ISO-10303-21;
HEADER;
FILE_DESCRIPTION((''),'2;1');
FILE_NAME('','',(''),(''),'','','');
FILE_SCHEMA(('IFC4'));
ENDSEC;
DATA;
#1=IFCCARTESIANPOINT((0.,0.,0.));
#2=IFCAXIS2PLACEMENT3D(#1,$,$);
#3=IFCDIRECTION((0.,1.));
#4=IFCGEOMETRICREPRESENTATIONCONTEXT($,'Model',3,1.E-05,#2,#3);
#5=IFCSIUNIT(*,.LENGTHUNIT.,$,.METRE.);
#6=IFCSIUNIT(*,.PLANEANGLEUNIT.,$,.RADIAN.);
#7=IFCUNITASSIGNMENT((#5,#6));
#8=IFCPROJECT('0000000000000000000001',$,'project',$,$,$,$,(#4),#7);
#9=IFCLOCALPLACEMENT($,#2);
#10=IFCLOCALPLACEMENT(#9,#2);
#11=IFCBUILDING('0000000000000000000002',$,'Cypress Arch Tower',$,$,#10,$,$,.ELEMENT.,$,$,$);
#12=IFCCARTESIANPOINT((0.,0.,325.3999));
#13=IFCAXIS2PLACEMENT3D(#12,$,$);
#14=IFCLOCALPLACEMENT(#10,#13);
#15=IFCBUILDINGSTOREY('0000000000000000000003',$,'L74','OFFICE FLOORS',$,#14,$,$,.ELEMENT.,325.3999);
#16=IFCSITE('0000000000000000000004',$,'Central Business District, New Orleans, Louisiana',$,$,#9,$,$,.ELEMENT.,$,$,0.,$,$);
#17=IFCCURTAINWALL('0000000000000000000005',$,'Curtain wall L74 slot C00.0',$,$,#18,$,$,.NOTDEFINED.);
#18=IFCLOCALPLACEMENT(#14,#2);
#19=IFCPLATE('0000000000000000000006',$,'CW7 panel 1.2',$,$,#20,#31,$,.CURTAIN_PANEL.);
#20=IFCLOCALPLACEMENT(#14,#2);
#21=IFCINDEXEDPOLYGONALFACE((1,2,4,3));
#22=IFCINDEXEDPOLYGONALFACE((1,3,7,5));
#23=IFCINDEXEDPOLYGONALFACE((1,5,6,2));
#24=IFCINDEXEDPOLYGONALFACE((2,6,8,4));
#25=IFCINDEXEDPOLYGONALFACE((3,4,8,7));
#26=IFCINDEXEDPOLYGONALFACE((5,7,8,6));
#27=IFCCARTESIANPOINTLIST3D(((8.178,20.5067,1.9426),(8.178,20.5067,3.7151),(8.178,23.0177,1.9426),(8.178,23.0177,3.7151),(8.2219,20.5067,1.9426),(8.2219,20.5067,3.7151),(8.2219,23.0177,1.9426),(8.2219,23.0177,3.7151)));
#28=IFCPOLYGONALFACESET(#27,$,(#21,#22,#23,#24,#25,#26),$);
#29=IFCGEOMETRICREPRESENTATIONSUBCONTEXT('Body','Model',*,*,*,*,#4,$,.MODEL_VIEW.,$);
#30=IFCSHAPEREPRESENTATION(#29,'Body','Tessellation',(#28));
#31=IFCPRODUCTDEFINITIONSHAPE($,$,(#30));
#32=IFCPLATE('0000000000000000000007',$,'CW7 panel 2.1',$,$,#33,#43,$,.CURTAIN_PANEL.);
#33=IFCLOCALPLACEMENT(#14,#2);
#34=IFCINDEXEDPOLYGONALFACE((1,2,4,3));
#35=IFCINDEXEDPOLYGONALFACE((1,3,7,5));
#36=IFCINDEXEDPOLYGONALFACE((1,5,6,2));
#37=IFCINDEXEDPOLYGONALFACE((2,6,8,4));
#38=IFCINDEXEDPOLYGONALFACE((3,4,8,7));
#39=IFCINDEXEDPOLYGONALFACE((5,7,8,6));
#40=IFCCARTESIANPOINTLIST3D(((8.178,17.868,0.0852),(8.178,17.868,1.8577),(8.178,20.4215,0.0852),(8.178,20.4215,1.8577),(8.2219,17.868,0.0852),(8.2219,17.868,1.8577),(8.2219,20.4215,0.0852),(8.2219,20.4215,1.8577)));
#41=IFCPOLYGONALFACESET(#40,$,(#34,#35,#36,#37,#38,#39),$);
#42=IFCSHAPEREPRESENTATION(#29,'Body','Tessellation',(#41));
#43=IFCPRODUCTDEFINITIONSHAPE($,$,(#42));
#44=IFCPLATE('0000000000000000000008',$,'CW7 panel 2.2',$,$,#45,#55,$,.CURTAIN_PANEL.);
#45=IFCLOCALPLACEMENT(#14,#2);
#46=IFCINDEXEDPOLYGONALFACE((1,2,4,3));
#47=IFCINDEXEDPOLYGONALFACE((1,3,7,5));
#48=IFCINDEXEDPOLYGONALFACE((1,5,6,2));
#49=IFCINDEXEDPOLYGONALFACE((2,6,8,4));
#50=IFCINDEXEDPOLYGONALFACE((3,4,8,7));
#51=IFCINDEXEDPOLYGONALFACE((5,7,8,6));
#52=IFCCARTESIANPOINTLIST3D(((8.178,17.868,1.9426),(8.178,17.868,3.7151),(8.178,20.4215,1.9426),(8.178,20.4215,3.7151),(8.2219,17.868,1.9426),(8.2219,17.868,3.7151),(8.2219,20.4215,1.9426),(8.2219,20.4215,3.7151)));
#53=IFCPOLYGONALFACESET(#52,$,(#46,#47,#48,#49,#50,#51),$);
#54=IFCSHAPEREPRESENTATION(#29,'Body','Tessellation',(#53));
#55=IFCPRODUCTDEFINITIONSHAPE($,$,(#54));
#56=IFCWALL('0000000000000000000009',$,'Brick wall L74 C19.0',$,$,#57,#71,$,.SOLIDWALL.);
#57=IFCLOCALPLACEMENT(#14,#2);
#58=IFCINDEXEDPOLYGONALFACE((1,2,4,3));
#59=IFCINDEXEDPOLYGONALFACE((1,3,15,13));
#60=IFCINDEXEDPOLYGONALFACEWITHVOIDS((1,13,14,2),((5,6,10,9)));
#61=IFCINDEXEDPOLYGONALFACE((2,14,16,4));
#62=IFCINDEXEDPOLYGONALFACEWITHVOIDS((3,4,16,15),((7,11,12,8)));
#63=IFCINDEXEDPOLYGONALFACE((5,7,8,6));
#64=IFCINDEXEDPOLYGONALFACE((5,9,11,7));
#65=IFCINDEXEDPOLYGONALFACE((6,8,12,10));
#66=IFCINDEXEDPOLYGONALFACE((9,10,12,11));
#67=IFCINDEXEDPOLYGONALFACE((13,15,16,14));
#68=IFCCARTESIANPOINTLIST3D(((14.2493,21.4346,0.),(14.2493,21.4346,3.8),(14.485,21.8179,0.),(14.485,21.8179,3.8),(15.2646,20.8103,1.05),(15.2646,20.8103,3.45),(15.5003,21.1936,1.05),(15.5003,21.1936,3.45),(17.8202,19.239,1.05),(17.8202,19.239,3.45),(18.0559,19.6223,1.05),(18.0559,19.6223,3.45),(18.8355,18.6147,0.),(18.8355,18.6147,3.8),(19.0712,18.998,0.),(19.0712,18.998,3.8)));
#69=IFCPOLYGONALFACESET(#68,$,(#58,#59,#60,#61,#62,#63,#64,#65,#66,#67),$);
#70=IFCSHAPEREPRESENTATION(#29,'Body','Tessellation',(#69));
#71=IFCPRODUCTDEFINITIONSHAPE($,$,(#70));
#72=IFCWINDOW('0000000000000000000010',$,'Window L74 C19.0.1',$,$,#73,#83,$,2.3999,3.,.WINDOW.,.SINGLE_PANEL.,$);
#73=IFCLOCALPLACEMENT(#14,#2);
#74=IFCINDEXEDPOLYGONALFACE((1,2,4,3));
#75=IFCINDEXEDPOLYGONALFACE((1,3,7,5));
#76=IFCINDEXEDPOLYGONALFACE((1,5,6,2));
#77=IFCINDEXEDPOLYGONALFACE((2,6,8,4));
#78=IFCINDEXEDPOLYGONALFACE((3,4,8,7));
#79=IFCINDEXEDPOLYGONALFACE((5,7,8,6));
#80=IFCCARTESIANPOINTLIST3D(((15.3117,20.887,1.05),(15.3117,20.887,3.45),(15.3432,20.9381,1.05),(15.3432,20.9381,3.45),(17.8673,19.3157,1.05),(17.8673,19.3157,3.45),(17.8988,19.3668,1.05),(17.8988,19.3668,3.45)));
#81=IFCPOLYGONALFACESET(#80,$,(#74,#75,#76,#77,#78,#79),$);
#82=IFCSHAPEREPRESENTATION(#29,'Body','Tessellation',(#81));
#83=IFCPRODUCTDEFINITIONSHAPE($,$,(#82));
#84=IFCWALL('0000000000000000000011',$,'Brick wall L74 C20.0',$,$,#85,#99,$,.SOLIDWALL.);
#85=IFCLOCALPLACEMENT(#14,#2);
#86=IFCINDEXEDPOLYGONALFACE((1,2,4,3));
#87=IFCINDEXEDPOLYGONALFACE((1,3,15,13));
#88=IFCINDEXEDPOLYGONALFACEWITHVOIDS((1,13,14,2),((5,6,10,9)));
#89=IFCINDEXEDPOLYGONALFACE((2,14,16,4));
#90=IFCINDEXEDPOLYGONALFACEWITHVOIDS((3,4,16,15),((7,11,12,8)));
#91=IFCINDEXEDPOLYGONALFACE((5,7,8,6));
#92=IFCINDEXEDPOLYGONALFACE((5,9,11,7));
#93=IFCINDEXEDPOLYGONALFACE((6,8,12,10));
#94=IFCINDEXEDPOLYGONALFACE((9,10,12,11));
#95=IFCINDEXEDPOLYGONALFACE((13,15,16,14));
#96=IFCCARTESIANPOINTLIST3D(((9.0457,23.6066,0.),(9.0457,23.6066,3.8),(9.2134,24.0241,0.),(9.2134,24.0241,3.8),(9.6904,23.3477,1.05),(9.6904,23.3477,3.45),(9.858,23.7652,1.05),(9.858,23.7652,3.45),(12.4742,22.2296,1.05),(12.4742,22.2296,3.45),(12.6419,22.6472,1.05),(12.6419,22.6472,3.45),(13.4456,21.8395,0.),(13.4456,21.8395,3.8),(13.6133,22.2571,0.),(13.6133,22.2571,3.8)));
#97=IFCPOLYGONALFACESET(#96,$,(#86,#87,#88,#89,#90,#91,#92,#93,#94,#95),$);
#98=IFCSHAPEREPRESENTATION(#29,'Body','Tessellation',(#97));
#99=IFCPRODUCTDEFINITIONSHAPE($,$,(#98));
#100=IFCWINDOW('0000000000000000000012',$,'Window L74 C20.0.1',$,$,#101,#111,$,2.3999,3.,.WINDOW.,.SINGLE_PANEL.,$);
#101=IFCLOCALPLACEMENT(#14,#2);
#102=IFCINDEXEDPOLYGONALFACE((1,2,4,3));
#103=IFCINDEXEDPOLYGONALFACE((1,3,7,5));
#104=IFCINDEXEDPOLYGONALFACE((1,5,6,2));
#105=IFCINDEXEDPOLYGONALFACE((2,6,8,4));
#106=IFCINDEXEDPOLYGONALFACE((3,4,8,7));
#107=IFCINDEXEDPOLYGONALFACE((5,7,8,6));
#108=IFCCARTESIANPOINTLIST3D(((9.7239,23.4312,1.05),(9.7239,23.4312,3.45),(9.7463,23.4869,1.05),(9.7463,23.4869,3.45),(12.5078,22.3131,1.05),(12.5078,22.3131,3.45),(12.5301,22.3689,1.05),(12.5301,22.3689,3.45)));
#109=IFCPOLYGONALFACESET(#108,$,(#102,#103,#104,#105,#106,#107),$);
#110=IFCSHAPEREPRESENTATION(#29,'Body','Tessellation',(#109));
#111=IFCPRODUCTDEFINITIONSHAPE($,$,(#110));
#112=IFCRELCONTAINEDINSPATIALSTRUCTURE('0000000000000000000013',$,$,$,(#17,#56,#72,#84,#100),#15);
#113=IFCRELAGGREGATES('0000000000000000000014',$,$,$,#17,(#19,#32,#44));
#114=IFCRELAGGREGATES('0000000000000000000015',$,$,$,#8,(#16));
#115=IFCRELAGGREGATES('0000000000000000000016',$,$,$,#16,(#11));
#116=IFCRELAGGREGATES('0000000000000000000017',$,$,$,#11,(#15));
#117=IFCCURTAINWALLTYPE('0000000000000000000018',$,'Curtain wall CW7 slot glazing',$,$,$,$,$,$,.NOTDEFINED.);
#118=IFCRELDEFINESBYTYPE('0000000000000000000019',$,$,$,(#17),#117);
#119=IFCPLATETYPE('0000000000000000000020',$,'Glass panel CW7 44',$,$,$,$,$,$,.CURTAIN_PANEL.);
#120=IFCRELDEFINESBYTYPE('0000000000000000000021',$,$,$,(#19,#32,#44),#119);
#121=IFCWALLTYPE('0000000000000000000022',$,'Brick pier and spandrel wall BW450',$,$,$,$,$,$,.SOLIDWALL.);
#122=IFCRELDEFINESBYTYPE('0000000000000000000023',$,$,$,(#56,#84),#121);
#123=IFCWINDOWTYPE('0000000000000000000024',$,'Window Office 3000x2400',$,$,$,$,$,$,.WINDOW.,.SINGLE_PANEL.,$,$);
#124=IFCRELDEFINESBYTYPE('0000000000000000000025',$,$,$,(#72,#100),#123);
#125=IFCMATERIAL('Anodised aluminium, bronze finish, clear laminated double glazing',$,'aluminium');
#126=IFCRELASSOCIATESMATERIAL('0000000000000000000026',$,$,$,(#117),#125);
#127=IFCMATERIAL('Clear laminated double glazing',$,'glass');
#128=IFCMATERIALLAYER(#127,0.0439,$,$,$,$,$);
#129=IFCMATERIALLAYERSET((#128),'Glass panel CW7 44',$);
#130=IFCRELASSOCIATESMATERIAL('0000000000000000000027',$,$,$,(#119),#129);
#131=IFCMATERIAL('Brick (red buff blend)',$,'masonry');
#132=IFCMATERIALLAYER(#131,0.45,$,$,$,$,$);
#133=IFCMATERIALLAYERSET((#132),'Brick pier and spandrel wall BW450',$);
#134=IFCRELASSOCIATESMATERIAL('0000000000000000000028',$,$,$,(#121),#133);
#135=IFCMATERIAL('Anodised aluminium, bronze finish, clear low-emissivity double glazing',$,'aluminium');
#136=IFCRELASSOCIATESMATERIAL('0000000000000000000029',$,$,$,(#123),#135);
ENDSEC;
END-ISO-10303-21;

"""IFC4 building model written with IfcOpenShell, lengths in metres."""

from ifc_helpers import new_model, si_unit, direction, frame, frame_2d, origin, origin_2d, place, context, subcontext, project, spatial, rectangle, extrude, material, layer, layer_set, type_object, element, fill, aggregate, save


model = new_model("IFC4")

# Units and contexts
model_context = context("Model", 3, precision=1e-05, world=origin(), true_north=direction((0.0, 1.0)))
body_context = subcontext(model_context, "Body", "Model", "MODEL_VIEW")
ifc_project = project(units=[si_unit("LENGTHUNIT", "METRE"), si_unit("PLANEANGLEUNIT", "RADIAN")], contexts=[model_context])

# Site, building, storey
site_placement = place(None, origin())
site = spatial("IfcSite", under=ifc_project, at=site_placement, Name="Central Business District, New Orleans, Louisiana", CompositionType="ELEMENT", RefElevation=0.0)
building_placement = place(site_placement, origin())
building = spatial("IfcBuilding", under=site, at=building_placement, Name="Cypress Arch Tower", CompositionType="ELEMENT")
storey_placement = place(building_placement, frame((0.0, 0.0, 325.3999)))
storey = spatial("IfcBuildingStorey", under=building, at=storey_placement, Name="L74", Description="OFFICE FLOORS", CompositionType="ELEMENT", Elevation=325.3999)

# Curtain wall
ifc_material_1 = material(Name="Anodised aluminium, bronze finish, clear laminated double glazing", Category="aluminium")
curtain_wall_type = type_object("IfcCurtainWallType", Name="Curtain wall CW7 slot glazing", PredefinedType="NOTDEFINED", material=ifc_material_1)
curtain_wall_placement = place(storey_placement, origin())
curtain_wall = element("IfcCurtainWall", 1, at=curtain_wall_placement, inside=storey, type_object=curtain_wall_type, Name="Curtain wall L74 slot C00.0", PredefinedType="NOTDEFINED")

# Plates
ifc_material_2 = material(Name="Clear laminated double glazing", Category="glass")
ifc_layer_1 = layer(ifc_material_2, 0.0439)
ifc_layer_set_1 = layer_set([ifc_layer_1], Name="Glass panel CW7 44")
plate_type = type_object("IfcPlateType", Name="Glass panel CW7 44", PredefinedType="CURTAIN_PANEL", material=ifc_layer_set_1)
plate_1_placement = place(storey_placement, frame((8.2, 21.7622, 1.9426), z_axis=(0.0, 0.0, 1.0), x_axis=(0.0, -1.0, 0.0)))
plate_1 = element("IfcPlate", 2, at=plate_1_placement, type_object=plate_type, Name="CW7 panel 1.2", PredefinedType="CURTAIN_PANEL", context=body_context, shape_type="SweptSolid", body=[
    extrude(rectangle(XDim=2.511, YDim=0.0439, at=origin_2d()), origin(), (0.0, 0.0, 1.0), 1.7725),
])
plate_2_placement = place(storey_placement, frame((8.2, 19.1448, 0.0852), z_axis=(0.0, 0.0, 1.0), x_axis=(0.0, -1.0, 0.0)))
plate_2 = element("IfcPlate", 3, at=plate_2_placement, type_object=plate_type, Name="CW7 panel 2.1", PredefinedType="CURTAIN_PANEL", context=body_context, shape_type="SweptSolid", body=[
    extrude(rectangle(XDim=2.5535, YDim=0.0439, at=origin_2d()), origin(), (0.0, 0.0, 1.0), 1.7725),
])
plate_3_placement = place(storey_placement, frame((8.2, 19.1448, 1.9426), z_axis=(0.0, 0.0, 1.0), x_axis=(0.0, -1.0, 0.0)))
plate_3 = element("IfcPlate", 4, at=plate_3_placement, type_object=plate_type, Name="CW7 panel 2.2", PredefinedType="CURTAIN_PANEL", context=body_context, shape_type="SweptSolid", body=[
    extrude(rectangle(XDim=2.5535, YDim=0.0439, at=origin_2d()), origin(), (0.0, 0.0, 1.0), 1.7725),
])
aggregate(curtain_wall, [plate_1, plate_2, plate_3])

# Walls, openings, windows
ifc_material_3 = material(Name="Brick (red buff blend)", Category="masonry")
ifc_layer_2 = layer(ifc_material_3, 0.45)
ifc_layer_set_2 = layer_set([ifc_layer_2], Name="Brick pier and spandrel wall BW450")
wall_type = type_object("IfcWallType", Name="Brick pier and spandrel wall BW450", PredefinedType="SOLIDWALL", material=ifc_layer_set_2)
wall_1_placement = place(storey_placement, frame((18.9534, 18.8064, 0.0), z_axis=(0.0, 0.0, 1.0), x_axis=(-0.851861, 0.523768, 0.0)))
wall_1 = element("IfcWall", 5, at=wall_1_placement, inside=storey, type_object=wall_type, Name="Brick wall L74 C19.0", PredefinedType="SOLIDWALL", context=body_context, shape_type="SweptSolid", body=[
    extrude(rectangle(XDim=5.3838, YDim=0.45, at=frame_2d((2.6919, 0.0))), origin(), (0.0, 0.0, 1.0), 3.8),
])
opening_1_placement = place(wall_1_placement, frame((1.1919, 0.0, 1.05)))
opening_1 = element("IfcOpeningElement", 6, at=opening_1_placement, cuts=wall_1, PredefinedType="OPENING", context=body_context, shape_type="SweptSolid", body=[
    extrude(rectangle(XDim=3.0, YDim=2.3999, at=frame_2d((1.5, 1.2))), frame((0.0, 0.2349, 0.0), z_axis=(0.0, -1.0, 0.0), x_axis=(1.0, 0.0, 0.0)), (0.0, 0.0, 1.0), 0.47),
])
ifc_material_4 = material(Name="Anodised aluminium, bronze finish, clear low-emissivity double glazing", Category="aluminium")
window_type = type_object("IfcWindowType", Name="Window Office 3000x2400", PartitioningType="SINGLE_PANEL", PredefinedType="WINDOW", material=ifc_material_4)
window_1_placement = place(opening_1_placement, origin())
window_1 = element("IfcWindow", 7, at=window_1_placement, inside=storey, type_object=window_type, Name="Window L74 C19.0.1", OverallHeight=2.3999, OverallWidth=3.0, PartitioningType="SINGLE_PANEL", PredefinedType="WINDOW", context=body_context, shape_type="SweptSolid", body=[
    extrude(rectangle(XDim=3.0, YDim=2.3999, at=frame_2d((1.5, 1.2))), frame((0.0, 0.135, 0.0), z_axis=(0.0, -1.0, 0.0), x_axis=(1.0, 0.0, 0.0)), (0.0, 0.0, 1.0), 0.0601),
])
fill(opening_1, window_1)
wall_2_placement = place(storey_placement, frame((13.5293, 22.0483, 0.0), z_axis=(0.0, 0.0, 1.0), x_axis=(-0.927957, 0.372686, 0.0)))
wall_2 = element("IfcWall", 8, at=wall_2_placement, inside=storey, type_object=wall_type, Name="Brick wall L74 C20.0", PredefinedType="SOLIDWALL", context=body_context, shape_type="SweptSolid", body=[
    extrude(rectangle(XDim=4.7415, YDim=0.45, at=frame_2d((2.3706, 0.0))), origin(), (0.0, 0.0, 1.0), 3.8),
])
opening_2_placement = place(wall_2_placement, frame((1.0466, 0.0, 1.05)))
opening_2 = element("IfcOpeningElement", 9, at=opening_2_placement, cuts=wall_2, PredefinedType="OPENING", context=body_context, shape_type="SweptSolid", body=[
    extrude(rectangle(XDim=3.0, YDim=2.3999, at=frame_2d((1.5, 1.2))), frame((0.0, 0.2349, 0.0), z_axis=(0.0, -1.0, 0.0), x_axis=(1.0, 0.0, 0.0)), (0.0, 0.0, 1.0), 0.47),
])
window_2_placement = place(opening_2_placement, origin())
window_2 = element("IfcWindow", 10, at=window_2_placement, inside=storey, type_object=window_type, Name="Window L74 C20.0.1", OverallHeight=2.3999, OverallWidth=3.0, PartitioningType="SINGLE_PANEL", PredefinedType="WINDOW", context=body_context, shape_type="SweptSolid", body=[
    extrude(rectangle(XDim=3.0, YDim=2.3999, at=frame_2d((1.5, 1.2))), frame((0.0, 0.135, 0.0), z_axis=(0.0, -1.0, 0.0), x_axis=(1.0, 0.0, 0.0)), (0.0, 0.0, 1.0), 0.0601),
])
fill(opening_2, window_2)

save(model, "model.ifc")
